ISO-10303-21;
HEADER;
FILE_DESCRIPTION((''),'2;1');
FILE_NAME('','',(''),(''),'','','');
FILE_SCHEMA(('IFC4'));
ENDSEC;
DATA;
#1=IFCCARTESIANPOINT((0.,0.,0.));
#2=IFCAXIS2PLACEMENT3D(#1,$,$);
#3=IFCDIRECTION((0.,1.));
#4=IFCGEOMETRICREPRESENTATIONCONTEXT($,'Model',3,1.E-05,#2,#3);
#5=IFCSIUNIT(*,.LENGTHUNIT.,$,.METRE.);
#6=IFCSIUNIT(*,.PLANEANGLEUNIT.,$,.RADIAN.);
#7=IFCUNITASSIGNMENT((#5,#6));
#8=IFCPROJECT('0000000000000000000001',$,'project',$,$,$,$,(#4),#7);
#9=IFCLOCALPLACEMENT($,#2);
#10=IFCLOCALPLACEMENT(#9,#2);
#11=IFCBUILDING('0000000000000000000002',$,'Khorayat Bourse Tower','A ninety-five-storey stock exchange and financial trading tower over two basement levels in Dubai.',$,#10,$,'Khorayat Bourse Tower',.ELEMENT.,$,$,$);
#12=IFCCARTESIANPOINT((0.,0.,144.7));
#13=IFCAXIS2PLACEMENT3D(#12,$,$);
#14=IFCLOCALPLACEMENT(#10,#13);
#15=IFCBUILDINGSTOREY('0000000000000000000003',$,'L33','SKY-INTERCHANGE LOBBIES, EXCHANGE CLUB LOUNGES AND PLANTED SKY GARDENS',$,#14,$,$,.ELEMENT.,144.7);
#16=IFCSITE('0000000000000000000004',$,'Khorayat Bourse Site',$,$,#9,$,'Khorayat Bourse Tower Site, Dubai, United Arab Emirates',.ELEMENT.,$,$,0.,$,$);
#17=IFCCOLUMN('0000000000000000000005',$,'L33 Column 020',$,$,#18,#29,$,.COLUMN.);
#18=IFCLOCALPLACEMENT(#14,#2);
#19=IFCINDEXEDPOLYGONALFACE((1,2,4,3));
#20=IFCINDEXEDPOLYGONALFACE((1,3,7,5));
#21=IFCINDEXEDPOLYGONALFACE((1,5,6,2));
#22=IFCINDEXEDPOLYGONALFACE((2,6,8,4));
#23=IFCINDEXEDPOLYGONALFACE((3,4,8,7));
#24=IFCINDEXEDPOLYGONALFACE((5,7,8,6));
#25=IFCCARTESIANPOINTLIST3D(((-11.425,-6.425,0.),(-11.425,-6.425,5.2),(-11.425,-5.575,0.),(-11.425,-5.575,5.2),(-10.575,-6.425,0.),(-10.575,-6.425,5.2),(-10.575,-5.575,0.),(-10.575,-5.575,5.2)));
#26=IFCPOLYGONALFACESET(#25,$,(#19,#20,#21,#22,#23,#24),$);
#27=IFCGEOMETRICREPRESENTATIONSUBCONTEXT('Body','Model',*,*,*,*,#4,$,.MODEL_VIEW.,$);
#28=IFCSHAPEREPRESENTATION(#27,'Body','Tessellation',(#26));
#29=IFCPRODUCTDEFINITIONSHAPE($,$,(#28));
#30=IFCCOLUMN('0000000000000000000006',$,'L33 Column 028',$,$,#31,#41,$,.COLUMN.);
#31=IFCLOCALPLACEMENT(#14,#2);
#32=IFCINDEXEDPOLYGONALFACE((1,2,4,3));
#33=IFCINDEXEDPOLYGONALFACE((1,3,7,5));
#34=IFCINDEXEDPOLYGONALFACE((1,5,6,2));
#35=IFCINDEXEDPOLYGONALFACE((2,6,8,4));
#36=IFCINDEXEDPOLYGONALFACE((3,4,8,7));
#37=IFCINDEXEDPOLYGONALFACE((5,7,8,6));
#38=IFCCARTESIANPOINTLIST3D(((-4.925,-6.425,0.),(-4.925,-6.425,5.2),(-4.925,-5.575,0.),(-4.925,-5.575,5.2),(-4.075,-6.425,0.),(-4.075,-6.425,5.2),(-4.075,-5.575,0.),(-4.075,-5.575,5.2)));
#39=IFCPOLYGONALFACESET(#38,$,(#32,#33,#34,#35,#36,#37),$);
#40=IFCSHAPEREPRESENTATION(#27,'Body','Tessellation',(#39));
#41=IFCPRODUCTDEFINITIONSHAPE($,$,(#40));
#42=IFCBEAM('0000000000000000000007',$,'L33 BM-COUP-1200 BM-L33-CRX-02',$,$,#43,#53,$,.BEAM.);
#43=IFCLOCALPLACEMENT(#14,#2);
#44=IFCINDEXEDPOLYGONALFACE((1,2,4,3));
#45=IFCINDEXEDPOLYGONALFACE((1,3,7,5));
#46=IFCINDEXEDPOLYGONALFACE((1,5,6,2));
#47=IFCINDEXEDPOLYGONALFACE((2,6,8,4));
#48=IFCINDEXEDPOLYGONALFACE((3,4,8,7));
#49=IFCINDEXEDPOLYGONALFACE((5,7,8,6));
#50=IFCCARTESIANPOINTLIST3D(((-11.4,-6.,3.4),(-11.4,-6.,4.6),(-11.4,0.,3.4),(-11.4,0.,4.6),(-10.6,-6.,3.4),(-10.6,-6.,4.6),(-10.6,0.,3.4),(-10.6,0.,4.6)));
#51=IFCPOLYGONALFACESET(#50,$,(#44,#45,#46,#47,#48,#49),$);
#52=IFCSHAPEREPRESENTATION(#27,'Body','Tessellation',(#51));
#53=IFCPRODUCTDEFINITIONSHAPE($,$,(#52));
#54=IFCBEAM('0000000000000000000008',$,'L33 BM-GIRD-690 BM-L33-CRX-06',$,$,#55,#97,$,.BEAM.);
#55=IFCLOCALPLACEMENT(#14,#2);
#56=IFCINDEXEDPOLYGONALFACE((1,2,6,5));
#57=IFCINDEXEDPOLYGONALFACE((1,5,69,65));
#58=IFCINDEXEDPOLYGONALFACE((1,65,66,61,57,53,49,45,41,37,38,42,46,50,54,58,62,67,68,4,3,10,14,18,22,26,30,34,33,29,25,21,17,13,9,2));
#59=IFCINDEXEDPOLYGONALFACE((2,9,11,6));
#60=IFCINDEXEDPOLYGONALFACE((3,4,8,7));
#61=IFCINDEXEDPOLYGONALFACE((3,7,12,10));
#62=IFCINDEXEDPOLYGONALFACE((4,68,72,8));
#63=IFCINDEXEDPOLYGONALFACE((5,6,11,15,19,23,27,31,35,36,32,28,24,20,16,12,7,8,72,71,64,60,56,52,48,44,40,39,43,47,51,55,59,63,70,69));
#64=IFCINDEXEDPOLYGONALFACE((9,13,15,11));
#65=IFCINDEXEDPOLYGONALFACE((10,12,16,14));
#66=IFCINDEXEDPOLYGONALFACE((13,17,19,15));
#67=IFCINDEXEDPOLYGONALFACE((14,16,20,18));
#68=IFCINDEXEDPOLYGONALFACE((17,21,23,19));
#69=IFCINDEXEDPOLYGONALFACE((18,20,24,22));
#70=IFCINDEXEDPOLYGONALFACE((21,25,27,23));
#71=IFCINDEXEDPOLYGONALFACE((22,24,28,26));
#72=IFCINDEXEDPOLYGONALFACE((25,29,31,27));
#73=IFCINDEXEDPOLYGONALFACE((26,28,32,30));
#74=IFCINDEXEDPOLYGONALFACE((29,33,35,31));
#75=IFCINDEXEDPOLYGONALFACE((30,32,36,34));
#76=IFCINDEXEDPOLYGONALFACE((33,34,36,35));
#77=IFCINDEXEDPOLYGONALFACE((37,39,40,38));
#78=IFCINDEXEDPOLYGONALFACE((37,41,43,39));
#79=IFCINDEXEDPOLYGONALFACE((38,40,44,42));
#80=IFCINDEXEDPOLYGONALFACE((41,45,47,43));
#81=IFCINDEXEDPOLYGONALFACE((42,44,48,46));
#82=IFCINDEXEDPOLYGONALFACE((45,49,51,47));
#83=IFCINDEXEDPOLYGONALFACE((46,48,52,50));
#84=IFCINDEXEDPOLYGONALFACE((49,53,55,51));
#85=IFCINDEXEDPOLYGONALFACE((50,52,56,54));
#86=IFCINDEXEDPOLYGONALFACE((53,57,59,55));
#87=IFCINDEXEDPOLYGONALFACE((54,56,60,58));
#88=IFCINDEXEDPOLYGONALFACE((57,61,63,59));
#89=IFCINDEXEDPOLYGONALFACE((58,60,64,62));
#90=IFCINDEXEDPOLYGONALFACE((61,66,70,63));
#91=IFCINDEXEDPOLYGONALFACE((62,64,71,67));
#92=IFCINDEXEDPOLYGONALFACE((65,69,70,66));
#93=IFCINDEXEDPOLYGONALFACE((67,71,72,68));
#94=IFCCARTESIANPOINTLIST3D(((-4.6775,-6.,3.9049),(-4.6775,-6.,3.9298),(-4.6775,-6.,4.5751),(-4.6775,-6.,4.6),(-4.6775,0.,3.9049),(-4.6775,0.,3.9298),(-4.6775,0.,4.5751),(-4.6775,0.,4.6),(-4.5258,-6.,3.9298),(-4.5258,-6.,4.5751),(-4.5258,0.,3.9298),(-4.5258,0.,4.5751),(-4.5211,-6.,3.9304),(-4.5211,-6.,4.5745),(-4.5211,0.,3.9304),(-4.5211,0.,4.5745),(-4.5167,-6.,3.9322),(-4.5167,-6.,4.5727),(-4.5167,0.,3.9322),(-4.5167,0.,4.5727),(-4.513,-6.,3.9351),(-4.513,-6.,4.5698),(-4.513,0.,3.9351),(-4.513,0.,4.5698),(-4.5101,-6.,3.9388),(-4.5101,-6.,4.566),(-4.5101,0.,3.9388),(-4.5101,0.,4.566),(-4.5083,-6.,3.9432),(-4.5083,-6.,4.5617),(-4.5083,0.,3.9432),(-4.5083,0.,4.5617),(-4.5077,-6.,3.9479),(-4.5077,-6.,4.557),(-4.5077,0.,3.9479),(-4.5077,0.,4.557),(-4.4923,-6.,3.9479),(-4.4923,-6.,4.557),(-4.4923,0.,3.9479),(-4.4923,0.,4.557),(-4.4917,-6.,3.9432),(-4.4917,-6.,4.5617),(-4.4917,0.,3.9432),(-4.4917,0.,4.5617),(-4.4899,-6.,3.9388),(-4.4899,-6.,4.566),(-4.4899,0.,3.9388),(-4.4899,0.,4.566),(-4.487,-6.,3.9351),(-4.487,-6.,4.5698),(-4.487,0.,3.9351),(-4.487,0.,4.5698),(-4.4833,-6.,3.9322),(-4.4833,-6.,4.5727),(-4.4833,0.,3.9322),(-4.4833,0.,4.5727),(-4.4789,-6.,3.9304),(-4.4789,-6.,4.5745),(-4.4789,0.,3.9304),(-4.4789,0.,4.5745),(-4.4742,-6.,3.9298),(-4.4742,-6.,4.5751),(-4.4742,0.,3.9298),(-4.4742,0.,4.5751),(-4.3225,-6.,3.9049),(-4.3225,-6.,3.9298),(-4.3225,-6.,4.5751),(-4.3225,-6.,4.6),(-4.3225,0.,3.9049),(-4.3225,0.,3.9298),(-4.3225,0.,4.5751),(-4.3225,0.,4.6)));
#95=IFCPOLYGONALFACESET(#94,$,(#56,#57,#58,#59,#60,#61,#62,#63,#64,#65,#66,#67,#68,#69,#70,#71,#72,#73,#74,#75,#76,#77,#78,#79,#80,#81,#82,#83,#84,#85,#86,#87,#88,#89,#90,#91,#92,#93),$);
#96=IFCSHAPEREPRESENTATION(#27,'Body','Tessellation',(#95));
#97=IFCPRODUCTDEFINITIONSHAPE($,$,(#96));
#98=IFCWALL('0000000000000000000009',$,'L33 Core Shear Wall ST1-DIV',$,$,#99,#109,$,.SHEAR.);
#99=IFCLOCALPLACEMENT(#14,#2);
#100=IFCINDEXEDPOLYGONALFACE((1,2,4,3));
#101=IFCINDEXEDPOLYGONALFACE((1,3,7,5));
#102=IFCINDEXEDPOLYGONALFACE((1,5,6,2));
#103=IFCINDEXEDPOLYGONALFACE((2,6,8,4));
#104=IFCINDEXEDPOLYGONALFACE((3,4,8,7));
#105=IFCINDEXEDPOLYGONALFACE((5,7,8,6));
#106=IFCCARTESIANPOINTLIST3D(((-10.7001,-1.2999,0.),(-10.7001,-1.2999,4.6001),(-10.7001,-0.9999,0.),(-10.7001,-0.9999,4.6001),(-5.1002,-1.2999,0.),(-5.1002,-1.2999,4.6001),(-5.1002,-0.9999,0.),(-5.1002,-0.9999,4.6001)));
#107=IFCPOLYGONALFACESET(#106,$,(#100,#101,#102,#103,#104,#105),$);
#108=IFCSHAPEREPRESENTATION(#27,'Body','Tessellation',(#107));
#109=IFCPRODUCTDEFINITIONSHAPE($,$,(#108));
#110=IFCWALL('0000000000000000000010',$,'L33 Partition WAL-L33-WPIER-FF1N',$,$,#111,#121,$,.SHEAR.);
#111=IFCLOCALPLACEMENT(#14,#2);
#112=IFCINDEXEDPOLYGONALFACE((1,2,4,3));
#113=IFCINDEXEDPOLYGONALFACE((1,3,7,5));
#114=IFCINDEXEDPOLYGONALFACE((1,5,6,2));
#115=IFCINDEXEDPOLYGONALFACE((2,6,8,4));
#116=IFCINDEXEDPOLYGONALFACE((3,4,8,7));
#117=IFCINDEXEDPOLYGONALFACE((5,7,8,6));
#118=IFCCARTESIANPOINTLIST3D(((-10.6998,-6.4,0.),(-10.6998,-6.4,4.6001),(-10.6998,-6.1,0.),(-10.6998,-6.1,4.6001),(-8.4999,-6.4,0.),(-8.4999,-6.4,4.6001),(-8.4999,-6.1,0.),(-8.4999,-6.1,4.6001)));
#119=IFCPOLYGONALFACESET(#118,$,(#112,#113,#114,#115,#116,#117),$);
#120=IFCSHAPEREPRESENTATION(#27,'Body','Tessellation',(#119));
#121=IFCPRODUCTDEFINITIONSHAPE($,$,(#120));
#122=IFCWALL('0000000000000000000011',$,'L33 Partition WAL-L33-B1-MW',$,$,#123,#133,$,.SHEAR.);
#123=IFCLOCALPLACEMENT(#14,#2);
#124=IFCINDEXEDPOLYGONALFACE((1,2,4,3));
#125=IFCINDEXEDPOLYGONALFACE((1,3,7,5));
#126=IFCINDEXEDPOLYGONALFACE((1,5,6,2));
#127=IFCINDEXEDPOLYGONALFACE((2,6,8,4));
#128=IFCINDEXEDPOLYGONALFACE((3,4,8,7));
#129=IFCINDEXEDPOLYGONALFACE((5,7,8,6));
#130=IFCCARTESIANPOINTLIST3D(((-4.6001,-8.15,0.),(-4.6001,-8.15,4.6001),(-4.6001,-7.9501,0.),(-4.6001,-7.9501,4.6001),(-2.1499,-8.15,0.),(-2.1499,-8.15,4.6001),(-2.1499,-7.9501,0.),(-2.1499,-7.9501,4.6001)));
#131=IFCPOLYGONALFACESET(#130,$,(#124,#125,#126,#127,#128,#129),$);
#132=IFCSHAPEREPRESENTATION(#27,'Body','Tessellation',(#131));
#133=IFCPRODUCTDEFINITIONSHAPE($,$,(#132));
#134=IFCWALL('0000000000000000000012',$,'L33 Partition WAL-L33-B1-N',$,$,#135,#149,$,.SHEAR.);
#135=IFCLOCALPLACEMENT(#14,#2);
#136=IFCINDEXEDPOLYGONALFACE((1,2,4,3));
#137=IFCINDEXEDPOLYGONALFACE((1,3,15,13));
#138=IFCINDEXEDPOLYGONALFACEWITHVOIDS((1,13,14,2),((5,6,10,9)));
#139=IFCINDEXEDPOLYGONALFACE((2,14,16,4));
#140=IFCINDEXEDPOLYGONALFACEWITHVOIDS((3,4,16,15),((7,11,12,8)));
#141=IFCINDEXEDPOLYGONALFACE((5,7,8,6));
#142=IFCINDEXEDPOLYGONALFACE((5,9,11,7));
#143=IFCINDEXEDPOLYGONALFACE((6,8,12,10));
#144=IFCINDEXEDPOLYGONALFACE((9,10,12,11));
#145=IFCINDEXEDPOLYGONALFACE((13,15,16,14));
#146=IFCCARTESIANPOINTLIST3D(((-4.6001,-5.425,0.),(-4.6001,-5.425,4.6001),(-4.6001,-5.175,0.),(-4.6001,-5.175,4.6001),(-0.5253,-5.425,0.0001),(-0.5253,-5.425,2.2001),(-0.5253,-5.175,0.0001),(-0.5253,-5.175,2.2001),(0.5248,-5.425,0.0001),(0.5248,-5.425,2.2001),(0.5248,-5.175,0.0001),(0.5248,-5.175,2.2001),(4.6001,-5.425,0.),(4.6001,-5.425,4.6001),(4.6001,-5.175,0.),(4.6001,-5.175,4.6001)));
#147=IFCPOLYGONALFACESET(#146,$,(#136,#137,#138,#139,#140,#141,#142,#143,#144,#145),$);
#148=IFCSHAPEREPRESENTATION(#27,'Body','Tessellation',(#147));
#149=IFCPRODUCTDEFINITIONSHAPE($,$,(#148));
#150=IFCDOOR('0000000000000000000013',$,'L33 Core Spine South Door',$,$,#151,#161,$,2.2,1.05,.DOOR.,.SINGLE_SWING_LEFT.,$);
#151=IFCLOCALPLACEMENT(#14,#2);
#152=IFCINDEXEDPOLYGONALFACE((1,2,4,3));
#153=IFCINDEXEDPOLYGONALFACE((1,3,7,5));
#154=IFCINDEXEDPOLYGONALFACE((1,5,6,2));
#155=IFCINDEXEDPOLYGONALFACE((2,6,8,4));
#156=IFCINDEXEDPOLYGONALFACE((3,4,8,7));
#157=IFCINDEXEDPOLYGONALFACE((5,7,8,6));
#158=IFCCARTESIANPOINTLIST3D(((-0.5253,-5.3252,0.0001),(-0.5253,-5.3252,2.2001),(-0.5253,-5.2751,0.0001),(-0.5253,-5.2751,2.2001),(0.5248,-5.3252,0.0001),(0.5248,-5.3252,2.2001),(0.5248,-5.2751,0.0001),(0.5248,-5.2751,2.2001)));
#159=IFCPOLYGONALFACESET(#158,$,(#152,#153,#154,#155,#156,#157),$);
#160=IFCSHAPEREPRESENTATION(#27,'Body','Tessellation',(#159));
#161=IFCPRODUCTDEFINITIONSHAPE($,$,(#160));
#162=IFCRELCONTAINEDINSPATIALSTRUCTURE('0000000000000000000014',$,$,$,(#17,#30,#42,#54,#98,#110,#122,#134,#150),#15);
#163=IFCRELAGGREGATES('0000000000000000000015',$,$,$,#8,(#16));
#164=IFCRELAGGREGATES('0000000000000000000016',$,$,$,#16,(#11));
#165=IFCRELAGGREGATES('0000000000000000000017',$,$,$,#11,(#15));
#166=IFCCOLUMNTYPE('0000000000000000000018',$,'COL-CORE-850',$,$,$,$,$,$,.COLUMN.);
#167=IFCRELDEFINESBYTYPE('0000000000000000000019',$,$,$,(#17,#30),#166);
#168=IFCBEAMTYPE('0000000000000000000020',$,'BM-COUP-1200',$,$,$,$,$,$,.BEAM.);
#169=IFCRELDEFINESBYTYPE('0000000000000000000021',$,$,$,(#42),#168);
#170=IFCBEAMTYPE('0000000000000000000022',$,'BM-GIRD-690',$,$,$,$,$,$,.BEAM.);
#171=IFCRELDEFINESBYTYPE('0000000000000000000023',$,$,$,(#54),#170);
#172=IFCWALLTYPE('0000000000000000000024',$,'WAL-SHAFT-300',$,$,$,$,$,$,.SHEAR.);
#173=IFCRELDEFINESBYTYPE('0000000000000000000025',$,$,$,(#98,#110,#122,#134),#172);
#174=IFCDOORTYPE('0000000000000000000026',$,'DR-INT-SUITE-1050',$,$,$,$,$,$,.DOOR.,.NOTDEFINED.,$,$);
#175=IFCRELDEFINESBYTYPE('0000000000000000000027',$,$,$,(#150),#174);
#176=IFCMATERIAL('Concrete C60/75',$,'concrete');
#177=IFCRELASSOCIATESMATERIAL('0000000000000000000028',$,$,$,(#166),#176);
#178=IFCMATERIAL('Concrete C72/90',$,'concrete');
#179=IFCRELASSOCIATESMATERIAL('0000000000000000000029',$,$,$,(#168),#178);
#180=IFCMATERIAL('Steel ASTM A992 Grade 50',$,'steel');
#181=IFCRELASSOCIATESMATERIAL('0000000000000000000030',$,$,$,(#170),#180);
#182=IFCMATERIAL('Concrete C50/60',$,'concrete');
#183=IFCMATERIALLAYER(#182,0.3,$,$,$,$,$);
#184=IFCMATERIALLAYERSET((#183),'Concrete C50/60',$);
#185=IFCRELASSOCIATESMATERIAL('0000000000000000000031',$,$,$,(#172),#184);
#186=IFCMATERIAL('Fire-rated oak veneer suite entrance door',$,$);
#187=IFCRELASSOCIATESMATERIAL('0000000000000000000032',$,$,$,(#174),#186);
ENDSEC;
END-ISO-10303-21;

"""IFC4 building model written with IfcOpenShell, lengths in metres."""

from ifc_helpers import new_model, si_unit, direction, frame, frame_2d, origin, origin_2d, place, context, subcontext, project, spatial, rectangle, i_section, extrude, source, transform, mapped, material, layer, layer_set, material_profile, profile_set, type_object, element, fill, save


model = new_model("IFC4")

# Units and contexts
model_context = context("Model", 3, precision=1e-05, world=origin(), true_north=direction((0.0, 1.0)))
body_context = subcontext(model_context, "Body", "Model", "MODEL_VIEW")
ifc_project = project(units=[si_unit("LENGTHUNIT", "METRE"), si_unit("PLANEANGLEUNIT", "RADIAN")], contexts=[model_context])

# Site, building, storey
site_placement = place(None, origin())
site = spatial("IfcSite", under=ifc_project, at=site_placement, Name="Khorayat Bourse Site", LongName="Khorayat Bourse Tower Site, Dubai, United Arab Emirates", CompositionType="ELEMENT", RefElevation=0.0)
building_placement = place(site_placement, origin())
building = spatial("IfcBuilding", under=site, at=building_placement, Name="Khorayat Bourse Tower", Description="A ninety-five-storey stock exchange and financial trading tower over two basement levels in Dubai.", LongName="Khorayat Bourse Tower", CompositionType="ELEMENT")
storey_placement = place(building_placement, frame((0.0, 0.0, 144.7)))
storey = spatial("IfcBuildingStorey", under=building, at=storey_placement, Name="L33", Description="SKY-INTERCHANGE LOBBIES, EXCHANGE CLUB LOUNGES AND PLANTED SKY GARDENS", CompositionType="ELEMENT", Elevation=144.7)

# Columns
ifc_material_1 = material(Name="Concrete C60/75", Category="concrete")
ifc_material_profile_1 = material_profile(ifc_material_1, rectangle(XDim=0.8501, YDim=0.8501, at=origin_2d()), Name="RC 850x850")
ifc_profile_set_1 = profile_set([ifc_material_profile_1], Name="Concrete C60/75")
column_type = type_object("IfcColumnType", Name="COL-CORE-850", PredefinedType="COLUMN", material=ifc_profile_set_1)
shared_shape_1 = source(origin(), body_context, "Body", "SweptSolid", [
    extrude(rectangle(XDim=0.8501, YDim=0.8501, at=origin_2d()), origin(), (0.0, 0.0, 1.0), 5.2),
])
for number, where, z_axis, x_axis, name in (
    (1, (-11.0, -6.0, 0.0), (0.0, 0.0, 1.0), (1.0, 0.0, 0.0), "L33 Column 020"),
    (2, (-4.5, -6.0, 0.0), (0.0, 0.0, 1.0), (1.0, 0.0, 0.0), "L33 Column 028"),
):
    element("IfcColumn", number, at=place(storey_placement, frame(where, z_axis=z_axis, x_axis=x_axis)), inside=storey, type_object=column_type, Name=name, PredefinedType="COLUMN", context=body_context, shape_type="MappedRepresentation", body=[
        mapped(shared_shape_1, transform((0.0, 0.0, 0.0), scale=1.0)),
    ])

# Beams
ifc_material_2 = material(Name="Concrete C72/90", Category="concrete")
ifc_material_profile_2 = material_profile(ifc_material_2, rectangle(XDim=0.8, YDim=1.2, at=origin_2d()), Name="RC 800x1200")
ifc_profile_set_2 = profile_set([ifc_material_profile_2], Name="Concrete C72/90")
beam_type_1 = type_object("IfcBeamType", Name="BM-COUP-1200", PredefinedType="BEAM", material=ifc_profile_set_2)
shared_shape_2 = source(origin(), body_context, "Body", "SweptSolid", [
    extrude(rectangle(XDim=0.8, YDim=1.2, at=origin_2d()), origin(), (0.0, 0.0, 1.0), 6.0),
])
beam_1_placement = place(storey_placement, frame((-11.0, -6.0, 4.0), z_axis=(0.0, 1.0, 0.0), x_axis=(-1.0, 0.0, 0.0)))
element("IfcBeam", 3, at=beam_1_placement, inside=storey, type_object=beam_type_1, Name="L33 BM-COUP-1200 BM-L33-CRX-02", PredefinedType="BEAM", context=body_context, shape_type="MappedRepresentation", body=[
    mapped(shared_shape_2, transform((0.0, 0.0, 0.0), scale=1.0)),
])
ifc_material_3 = material(Name="Steel ASTM A992 Grade 50", Category="steel")
ifc_material_profile_3 = material_profile(ifc_material_3, i_section(OverallWidth=0.355, OverallDepth=0.6951, WebThickness=0.0154, FlangeThickness=0.0249, FilletRadius=0.0181, at=origin_2d()), Name="W690X217")
ifc_profile_set_3 = profile_set([ifc_material_profile_3], Name="Steel ASTM A992 Grade 50")
beam_type_2 = type_object("IfcBeamType", Name="BM-GIRD-690", PredefinedType="BEAM", material=ifc_profile_set_3)
shared_shape_3 = source(origin(), body_context, "Body", "SweptSolid", [
    extrude(i_section(OverallWidth=0.355, OverallDepth=0.6951, WebThickness=0.0154, FlangeThickness=0.0249, FilletRadius=0.0181, at=origin_2d()), origin(), (0.0, 0.0, 1.0), 6.0),
])
beam_2_placement = place(storey_placement, frame((-4.5, -6.0, 4.2524), z_axis=(0.0, 1.0, 0.0), x_axis=(-1.0, 0.0, 0.0)))
element("IfcBeam", 4, at=beam_2_placement, inside=storey, type_object=beam_type_2, Name="L33 BM-GIRD-690 BM-L33-CRX-06", PredefinedType="BEAM", context=body_context, shape_type="MappedRepresentation", body=[
    mapped(shared_shape_3, transform((0.0, 0.0, 0.0), scale=1.0)),
])

# Walls
ifc_material_4 = material(Name="Concrete C50/60", Category="concrete")
ifc_layer_1 = layer(ifc_material_4, 0.3)
ifc_layer_set_1 = layer_set([ifc_layer_1], Name="Concrete C50/60")
wall_type_1 = type_object("IfcWallType", Name="WAL-SHAFT-300", PredefinedType="SHEAR", material=ifc_layer_set_1)
shared_shape_4 = source(origin(), body_context, "Body", "SweptSolid", [
    extrude(rectangle(XDim=5.5999, YDim=0.3, at=frame_2d((2.7998, 0.0))), origin(), (0.0, 0.0, 1.0), 4.6001),
])
wall_1_placement = place(storey_placement, frame((-10.7, -1.1499, 0.0), z_axis=(0.0, 0.0, 1.0), x_axis=(1.0, 0.0, 0.0)))
element("IfcWall", 5, at=wall_1_placement, inside=storey, type_object=wall_type_1, Name="L33 Core Shear Wall ST1-DIV", PredefinedType="SHEAR", context=body_context, shape_type="MappedRepresentation", body=[
    mapped(shared_shape_4, transform((0.0, 0.0, 0.0), scale=1.0)),
])
shared_shape_5 = source(origin(), body_context, "Body", "SweptSolid", [
    extrude(rectangle(XDim=2.2, YDim=0.3, at=frame_2d((1.1001, 0.0))), origin(), (0.0, 0.0, 1.0), 4.6001),
])
wall_2_placement = place(storey_placement, frame((-10.7, -6.25, 0.0), z_axis=(0.0, 0.0, 1.0), x_axis=(1.0, 0.0, 0.0)))
element("IfcWall", 6, at=wall_2_placement, inside=storey, type_object=wall_type_1, Name="L33 Partition WAL-L33-WPIER-FF1N", PredefinedType="SHEAR", context=body_context, shape_type="MappedRepresentation", body=[
    mapped(shared_shape_5, transform((0.0, 0.0, 0.0), scale=1.0)),
])
shared_shape_6 = source(origin(), body_context, "Body", "SweptSolid", [
    extrude(rectangle(XDim=2.4502, YDim=0.2, at=frame_2d((1.2251, 0.0))), origin(), (0.0, 0.0, 1.0), 4.6001),
])
wall_3_placement = place(storey_placement, frame((-4.6001, -8.05, 0.0), z_axis=(0.0, 0.0, 1.0), x_axis=(1.0, 0.0, 0.0)))
element("IfcWall", 7, at=wall_3_placement, inside=storey, type_object=wall_type_1, Name="L33 Partition WAL-L33-B1-MW", PredefinedType="SHEAR", context=body_context, shape_type="MappedRepresentation", body=[
    mapped(shared_shape_6, transform((0.0, 0.0, 0.0), scale=1.0)),
])

# Wall, opening, door
shared_shape_7 = source(origin(), body_context, "Body", "SweptSolid", [
    extrude(rectangle(XDim=9.2002, YDim=0.25, at=frame_2d((4.6001, 0.0))), origin(), (0.0, 0.0, 1.0), 4.6001),
])
wall_4_placement = place(storey_placement, frame((-4.6001, -5.3, 0.0), z_axis=(0.0, 0.0, 1.0), x_axis=(1.0, 0.0, 0.0)))
wall_4 = element("IfcWall", 8, at=wall_4_placement, inside=storey, type_object=wall_type_1, Name="L33 Partition WAL-L33-B1-N", PredefinedType="SHEAR", context=body_context, shape_type="MappedRepresentation", body=[
    mapped(shared_shape_7, transform((0.0, 0.0, 0.0), scale=1.0)),
])
shared_shape_8 = source(origin(), body_context, "Body", "SweptSolid", [
    extrude(rectangle(XDim=1.05, YDim=2.2, at=frame_2d((0.5249, 1.1001))), frame((0.0, 0.135, 0.0), z_axis=(0.0, -1.0, 0.0), x_axis=(1.0, 0.0, 0.0)), (0.0, 0.0, 1.0), 0.27),
])
opening_1_placement = place(wall_4_placement, frame((4.075, 0.0, 0.0)))
opening_1 = element("IfcOpeningElement", 9, at=opening_1_placement, cuts=wall_4, PredefinedType="OPENING", context=body_context, shape_type="MappedRepresentation", body=[
    mapped(shared_shape_8, transform((0.0, 0.0, 0.0), scale=1.0)),
])
ifc_material_5 = material(Name="Fire-rated oak veneer suite entrance door")
door_type_1 = type_object("IfcDoorType", Name="DR-INT-SUITE-1050", OperationType="NOTDEFINED", PredefinedType="DOOR", material=ifc_material_5)
shared_shape_9 = source(origin(), body_context, "Body", "SweptSolid", [
    extrude(rectangle(XDim=1.05, YDim=2.2, at=frame_2d((0.5249, 1.1001))), frame((0.0, 0.0249, 0.0), z_axis=(0.0, -1.0, 0.0), x_axis=(1.0, 0.0, 0.0)), (0.0, 0.0, 1.0), 0.05),
])
door_1_placement = place(opening_1_placement, origin())
door_1 = element("IfcDoor", 10, at=door_1_placement, inside=storey, type_object=door_type_1, Name="L33 Core Spine South Door", OperationType="SINGLE_SWING_LEFT", OverallHeight=2.2, OverallWidth=1.05, PredefinedType="DOOR", context=body_context, shape_type="MappedRepresentation", body=[
    mapped(shared_shape_9, transform((0.0, 0.0, 0.0), scale=1.0)),
])
fill(opening_1, door_1)

save(model, "model.ifc")
